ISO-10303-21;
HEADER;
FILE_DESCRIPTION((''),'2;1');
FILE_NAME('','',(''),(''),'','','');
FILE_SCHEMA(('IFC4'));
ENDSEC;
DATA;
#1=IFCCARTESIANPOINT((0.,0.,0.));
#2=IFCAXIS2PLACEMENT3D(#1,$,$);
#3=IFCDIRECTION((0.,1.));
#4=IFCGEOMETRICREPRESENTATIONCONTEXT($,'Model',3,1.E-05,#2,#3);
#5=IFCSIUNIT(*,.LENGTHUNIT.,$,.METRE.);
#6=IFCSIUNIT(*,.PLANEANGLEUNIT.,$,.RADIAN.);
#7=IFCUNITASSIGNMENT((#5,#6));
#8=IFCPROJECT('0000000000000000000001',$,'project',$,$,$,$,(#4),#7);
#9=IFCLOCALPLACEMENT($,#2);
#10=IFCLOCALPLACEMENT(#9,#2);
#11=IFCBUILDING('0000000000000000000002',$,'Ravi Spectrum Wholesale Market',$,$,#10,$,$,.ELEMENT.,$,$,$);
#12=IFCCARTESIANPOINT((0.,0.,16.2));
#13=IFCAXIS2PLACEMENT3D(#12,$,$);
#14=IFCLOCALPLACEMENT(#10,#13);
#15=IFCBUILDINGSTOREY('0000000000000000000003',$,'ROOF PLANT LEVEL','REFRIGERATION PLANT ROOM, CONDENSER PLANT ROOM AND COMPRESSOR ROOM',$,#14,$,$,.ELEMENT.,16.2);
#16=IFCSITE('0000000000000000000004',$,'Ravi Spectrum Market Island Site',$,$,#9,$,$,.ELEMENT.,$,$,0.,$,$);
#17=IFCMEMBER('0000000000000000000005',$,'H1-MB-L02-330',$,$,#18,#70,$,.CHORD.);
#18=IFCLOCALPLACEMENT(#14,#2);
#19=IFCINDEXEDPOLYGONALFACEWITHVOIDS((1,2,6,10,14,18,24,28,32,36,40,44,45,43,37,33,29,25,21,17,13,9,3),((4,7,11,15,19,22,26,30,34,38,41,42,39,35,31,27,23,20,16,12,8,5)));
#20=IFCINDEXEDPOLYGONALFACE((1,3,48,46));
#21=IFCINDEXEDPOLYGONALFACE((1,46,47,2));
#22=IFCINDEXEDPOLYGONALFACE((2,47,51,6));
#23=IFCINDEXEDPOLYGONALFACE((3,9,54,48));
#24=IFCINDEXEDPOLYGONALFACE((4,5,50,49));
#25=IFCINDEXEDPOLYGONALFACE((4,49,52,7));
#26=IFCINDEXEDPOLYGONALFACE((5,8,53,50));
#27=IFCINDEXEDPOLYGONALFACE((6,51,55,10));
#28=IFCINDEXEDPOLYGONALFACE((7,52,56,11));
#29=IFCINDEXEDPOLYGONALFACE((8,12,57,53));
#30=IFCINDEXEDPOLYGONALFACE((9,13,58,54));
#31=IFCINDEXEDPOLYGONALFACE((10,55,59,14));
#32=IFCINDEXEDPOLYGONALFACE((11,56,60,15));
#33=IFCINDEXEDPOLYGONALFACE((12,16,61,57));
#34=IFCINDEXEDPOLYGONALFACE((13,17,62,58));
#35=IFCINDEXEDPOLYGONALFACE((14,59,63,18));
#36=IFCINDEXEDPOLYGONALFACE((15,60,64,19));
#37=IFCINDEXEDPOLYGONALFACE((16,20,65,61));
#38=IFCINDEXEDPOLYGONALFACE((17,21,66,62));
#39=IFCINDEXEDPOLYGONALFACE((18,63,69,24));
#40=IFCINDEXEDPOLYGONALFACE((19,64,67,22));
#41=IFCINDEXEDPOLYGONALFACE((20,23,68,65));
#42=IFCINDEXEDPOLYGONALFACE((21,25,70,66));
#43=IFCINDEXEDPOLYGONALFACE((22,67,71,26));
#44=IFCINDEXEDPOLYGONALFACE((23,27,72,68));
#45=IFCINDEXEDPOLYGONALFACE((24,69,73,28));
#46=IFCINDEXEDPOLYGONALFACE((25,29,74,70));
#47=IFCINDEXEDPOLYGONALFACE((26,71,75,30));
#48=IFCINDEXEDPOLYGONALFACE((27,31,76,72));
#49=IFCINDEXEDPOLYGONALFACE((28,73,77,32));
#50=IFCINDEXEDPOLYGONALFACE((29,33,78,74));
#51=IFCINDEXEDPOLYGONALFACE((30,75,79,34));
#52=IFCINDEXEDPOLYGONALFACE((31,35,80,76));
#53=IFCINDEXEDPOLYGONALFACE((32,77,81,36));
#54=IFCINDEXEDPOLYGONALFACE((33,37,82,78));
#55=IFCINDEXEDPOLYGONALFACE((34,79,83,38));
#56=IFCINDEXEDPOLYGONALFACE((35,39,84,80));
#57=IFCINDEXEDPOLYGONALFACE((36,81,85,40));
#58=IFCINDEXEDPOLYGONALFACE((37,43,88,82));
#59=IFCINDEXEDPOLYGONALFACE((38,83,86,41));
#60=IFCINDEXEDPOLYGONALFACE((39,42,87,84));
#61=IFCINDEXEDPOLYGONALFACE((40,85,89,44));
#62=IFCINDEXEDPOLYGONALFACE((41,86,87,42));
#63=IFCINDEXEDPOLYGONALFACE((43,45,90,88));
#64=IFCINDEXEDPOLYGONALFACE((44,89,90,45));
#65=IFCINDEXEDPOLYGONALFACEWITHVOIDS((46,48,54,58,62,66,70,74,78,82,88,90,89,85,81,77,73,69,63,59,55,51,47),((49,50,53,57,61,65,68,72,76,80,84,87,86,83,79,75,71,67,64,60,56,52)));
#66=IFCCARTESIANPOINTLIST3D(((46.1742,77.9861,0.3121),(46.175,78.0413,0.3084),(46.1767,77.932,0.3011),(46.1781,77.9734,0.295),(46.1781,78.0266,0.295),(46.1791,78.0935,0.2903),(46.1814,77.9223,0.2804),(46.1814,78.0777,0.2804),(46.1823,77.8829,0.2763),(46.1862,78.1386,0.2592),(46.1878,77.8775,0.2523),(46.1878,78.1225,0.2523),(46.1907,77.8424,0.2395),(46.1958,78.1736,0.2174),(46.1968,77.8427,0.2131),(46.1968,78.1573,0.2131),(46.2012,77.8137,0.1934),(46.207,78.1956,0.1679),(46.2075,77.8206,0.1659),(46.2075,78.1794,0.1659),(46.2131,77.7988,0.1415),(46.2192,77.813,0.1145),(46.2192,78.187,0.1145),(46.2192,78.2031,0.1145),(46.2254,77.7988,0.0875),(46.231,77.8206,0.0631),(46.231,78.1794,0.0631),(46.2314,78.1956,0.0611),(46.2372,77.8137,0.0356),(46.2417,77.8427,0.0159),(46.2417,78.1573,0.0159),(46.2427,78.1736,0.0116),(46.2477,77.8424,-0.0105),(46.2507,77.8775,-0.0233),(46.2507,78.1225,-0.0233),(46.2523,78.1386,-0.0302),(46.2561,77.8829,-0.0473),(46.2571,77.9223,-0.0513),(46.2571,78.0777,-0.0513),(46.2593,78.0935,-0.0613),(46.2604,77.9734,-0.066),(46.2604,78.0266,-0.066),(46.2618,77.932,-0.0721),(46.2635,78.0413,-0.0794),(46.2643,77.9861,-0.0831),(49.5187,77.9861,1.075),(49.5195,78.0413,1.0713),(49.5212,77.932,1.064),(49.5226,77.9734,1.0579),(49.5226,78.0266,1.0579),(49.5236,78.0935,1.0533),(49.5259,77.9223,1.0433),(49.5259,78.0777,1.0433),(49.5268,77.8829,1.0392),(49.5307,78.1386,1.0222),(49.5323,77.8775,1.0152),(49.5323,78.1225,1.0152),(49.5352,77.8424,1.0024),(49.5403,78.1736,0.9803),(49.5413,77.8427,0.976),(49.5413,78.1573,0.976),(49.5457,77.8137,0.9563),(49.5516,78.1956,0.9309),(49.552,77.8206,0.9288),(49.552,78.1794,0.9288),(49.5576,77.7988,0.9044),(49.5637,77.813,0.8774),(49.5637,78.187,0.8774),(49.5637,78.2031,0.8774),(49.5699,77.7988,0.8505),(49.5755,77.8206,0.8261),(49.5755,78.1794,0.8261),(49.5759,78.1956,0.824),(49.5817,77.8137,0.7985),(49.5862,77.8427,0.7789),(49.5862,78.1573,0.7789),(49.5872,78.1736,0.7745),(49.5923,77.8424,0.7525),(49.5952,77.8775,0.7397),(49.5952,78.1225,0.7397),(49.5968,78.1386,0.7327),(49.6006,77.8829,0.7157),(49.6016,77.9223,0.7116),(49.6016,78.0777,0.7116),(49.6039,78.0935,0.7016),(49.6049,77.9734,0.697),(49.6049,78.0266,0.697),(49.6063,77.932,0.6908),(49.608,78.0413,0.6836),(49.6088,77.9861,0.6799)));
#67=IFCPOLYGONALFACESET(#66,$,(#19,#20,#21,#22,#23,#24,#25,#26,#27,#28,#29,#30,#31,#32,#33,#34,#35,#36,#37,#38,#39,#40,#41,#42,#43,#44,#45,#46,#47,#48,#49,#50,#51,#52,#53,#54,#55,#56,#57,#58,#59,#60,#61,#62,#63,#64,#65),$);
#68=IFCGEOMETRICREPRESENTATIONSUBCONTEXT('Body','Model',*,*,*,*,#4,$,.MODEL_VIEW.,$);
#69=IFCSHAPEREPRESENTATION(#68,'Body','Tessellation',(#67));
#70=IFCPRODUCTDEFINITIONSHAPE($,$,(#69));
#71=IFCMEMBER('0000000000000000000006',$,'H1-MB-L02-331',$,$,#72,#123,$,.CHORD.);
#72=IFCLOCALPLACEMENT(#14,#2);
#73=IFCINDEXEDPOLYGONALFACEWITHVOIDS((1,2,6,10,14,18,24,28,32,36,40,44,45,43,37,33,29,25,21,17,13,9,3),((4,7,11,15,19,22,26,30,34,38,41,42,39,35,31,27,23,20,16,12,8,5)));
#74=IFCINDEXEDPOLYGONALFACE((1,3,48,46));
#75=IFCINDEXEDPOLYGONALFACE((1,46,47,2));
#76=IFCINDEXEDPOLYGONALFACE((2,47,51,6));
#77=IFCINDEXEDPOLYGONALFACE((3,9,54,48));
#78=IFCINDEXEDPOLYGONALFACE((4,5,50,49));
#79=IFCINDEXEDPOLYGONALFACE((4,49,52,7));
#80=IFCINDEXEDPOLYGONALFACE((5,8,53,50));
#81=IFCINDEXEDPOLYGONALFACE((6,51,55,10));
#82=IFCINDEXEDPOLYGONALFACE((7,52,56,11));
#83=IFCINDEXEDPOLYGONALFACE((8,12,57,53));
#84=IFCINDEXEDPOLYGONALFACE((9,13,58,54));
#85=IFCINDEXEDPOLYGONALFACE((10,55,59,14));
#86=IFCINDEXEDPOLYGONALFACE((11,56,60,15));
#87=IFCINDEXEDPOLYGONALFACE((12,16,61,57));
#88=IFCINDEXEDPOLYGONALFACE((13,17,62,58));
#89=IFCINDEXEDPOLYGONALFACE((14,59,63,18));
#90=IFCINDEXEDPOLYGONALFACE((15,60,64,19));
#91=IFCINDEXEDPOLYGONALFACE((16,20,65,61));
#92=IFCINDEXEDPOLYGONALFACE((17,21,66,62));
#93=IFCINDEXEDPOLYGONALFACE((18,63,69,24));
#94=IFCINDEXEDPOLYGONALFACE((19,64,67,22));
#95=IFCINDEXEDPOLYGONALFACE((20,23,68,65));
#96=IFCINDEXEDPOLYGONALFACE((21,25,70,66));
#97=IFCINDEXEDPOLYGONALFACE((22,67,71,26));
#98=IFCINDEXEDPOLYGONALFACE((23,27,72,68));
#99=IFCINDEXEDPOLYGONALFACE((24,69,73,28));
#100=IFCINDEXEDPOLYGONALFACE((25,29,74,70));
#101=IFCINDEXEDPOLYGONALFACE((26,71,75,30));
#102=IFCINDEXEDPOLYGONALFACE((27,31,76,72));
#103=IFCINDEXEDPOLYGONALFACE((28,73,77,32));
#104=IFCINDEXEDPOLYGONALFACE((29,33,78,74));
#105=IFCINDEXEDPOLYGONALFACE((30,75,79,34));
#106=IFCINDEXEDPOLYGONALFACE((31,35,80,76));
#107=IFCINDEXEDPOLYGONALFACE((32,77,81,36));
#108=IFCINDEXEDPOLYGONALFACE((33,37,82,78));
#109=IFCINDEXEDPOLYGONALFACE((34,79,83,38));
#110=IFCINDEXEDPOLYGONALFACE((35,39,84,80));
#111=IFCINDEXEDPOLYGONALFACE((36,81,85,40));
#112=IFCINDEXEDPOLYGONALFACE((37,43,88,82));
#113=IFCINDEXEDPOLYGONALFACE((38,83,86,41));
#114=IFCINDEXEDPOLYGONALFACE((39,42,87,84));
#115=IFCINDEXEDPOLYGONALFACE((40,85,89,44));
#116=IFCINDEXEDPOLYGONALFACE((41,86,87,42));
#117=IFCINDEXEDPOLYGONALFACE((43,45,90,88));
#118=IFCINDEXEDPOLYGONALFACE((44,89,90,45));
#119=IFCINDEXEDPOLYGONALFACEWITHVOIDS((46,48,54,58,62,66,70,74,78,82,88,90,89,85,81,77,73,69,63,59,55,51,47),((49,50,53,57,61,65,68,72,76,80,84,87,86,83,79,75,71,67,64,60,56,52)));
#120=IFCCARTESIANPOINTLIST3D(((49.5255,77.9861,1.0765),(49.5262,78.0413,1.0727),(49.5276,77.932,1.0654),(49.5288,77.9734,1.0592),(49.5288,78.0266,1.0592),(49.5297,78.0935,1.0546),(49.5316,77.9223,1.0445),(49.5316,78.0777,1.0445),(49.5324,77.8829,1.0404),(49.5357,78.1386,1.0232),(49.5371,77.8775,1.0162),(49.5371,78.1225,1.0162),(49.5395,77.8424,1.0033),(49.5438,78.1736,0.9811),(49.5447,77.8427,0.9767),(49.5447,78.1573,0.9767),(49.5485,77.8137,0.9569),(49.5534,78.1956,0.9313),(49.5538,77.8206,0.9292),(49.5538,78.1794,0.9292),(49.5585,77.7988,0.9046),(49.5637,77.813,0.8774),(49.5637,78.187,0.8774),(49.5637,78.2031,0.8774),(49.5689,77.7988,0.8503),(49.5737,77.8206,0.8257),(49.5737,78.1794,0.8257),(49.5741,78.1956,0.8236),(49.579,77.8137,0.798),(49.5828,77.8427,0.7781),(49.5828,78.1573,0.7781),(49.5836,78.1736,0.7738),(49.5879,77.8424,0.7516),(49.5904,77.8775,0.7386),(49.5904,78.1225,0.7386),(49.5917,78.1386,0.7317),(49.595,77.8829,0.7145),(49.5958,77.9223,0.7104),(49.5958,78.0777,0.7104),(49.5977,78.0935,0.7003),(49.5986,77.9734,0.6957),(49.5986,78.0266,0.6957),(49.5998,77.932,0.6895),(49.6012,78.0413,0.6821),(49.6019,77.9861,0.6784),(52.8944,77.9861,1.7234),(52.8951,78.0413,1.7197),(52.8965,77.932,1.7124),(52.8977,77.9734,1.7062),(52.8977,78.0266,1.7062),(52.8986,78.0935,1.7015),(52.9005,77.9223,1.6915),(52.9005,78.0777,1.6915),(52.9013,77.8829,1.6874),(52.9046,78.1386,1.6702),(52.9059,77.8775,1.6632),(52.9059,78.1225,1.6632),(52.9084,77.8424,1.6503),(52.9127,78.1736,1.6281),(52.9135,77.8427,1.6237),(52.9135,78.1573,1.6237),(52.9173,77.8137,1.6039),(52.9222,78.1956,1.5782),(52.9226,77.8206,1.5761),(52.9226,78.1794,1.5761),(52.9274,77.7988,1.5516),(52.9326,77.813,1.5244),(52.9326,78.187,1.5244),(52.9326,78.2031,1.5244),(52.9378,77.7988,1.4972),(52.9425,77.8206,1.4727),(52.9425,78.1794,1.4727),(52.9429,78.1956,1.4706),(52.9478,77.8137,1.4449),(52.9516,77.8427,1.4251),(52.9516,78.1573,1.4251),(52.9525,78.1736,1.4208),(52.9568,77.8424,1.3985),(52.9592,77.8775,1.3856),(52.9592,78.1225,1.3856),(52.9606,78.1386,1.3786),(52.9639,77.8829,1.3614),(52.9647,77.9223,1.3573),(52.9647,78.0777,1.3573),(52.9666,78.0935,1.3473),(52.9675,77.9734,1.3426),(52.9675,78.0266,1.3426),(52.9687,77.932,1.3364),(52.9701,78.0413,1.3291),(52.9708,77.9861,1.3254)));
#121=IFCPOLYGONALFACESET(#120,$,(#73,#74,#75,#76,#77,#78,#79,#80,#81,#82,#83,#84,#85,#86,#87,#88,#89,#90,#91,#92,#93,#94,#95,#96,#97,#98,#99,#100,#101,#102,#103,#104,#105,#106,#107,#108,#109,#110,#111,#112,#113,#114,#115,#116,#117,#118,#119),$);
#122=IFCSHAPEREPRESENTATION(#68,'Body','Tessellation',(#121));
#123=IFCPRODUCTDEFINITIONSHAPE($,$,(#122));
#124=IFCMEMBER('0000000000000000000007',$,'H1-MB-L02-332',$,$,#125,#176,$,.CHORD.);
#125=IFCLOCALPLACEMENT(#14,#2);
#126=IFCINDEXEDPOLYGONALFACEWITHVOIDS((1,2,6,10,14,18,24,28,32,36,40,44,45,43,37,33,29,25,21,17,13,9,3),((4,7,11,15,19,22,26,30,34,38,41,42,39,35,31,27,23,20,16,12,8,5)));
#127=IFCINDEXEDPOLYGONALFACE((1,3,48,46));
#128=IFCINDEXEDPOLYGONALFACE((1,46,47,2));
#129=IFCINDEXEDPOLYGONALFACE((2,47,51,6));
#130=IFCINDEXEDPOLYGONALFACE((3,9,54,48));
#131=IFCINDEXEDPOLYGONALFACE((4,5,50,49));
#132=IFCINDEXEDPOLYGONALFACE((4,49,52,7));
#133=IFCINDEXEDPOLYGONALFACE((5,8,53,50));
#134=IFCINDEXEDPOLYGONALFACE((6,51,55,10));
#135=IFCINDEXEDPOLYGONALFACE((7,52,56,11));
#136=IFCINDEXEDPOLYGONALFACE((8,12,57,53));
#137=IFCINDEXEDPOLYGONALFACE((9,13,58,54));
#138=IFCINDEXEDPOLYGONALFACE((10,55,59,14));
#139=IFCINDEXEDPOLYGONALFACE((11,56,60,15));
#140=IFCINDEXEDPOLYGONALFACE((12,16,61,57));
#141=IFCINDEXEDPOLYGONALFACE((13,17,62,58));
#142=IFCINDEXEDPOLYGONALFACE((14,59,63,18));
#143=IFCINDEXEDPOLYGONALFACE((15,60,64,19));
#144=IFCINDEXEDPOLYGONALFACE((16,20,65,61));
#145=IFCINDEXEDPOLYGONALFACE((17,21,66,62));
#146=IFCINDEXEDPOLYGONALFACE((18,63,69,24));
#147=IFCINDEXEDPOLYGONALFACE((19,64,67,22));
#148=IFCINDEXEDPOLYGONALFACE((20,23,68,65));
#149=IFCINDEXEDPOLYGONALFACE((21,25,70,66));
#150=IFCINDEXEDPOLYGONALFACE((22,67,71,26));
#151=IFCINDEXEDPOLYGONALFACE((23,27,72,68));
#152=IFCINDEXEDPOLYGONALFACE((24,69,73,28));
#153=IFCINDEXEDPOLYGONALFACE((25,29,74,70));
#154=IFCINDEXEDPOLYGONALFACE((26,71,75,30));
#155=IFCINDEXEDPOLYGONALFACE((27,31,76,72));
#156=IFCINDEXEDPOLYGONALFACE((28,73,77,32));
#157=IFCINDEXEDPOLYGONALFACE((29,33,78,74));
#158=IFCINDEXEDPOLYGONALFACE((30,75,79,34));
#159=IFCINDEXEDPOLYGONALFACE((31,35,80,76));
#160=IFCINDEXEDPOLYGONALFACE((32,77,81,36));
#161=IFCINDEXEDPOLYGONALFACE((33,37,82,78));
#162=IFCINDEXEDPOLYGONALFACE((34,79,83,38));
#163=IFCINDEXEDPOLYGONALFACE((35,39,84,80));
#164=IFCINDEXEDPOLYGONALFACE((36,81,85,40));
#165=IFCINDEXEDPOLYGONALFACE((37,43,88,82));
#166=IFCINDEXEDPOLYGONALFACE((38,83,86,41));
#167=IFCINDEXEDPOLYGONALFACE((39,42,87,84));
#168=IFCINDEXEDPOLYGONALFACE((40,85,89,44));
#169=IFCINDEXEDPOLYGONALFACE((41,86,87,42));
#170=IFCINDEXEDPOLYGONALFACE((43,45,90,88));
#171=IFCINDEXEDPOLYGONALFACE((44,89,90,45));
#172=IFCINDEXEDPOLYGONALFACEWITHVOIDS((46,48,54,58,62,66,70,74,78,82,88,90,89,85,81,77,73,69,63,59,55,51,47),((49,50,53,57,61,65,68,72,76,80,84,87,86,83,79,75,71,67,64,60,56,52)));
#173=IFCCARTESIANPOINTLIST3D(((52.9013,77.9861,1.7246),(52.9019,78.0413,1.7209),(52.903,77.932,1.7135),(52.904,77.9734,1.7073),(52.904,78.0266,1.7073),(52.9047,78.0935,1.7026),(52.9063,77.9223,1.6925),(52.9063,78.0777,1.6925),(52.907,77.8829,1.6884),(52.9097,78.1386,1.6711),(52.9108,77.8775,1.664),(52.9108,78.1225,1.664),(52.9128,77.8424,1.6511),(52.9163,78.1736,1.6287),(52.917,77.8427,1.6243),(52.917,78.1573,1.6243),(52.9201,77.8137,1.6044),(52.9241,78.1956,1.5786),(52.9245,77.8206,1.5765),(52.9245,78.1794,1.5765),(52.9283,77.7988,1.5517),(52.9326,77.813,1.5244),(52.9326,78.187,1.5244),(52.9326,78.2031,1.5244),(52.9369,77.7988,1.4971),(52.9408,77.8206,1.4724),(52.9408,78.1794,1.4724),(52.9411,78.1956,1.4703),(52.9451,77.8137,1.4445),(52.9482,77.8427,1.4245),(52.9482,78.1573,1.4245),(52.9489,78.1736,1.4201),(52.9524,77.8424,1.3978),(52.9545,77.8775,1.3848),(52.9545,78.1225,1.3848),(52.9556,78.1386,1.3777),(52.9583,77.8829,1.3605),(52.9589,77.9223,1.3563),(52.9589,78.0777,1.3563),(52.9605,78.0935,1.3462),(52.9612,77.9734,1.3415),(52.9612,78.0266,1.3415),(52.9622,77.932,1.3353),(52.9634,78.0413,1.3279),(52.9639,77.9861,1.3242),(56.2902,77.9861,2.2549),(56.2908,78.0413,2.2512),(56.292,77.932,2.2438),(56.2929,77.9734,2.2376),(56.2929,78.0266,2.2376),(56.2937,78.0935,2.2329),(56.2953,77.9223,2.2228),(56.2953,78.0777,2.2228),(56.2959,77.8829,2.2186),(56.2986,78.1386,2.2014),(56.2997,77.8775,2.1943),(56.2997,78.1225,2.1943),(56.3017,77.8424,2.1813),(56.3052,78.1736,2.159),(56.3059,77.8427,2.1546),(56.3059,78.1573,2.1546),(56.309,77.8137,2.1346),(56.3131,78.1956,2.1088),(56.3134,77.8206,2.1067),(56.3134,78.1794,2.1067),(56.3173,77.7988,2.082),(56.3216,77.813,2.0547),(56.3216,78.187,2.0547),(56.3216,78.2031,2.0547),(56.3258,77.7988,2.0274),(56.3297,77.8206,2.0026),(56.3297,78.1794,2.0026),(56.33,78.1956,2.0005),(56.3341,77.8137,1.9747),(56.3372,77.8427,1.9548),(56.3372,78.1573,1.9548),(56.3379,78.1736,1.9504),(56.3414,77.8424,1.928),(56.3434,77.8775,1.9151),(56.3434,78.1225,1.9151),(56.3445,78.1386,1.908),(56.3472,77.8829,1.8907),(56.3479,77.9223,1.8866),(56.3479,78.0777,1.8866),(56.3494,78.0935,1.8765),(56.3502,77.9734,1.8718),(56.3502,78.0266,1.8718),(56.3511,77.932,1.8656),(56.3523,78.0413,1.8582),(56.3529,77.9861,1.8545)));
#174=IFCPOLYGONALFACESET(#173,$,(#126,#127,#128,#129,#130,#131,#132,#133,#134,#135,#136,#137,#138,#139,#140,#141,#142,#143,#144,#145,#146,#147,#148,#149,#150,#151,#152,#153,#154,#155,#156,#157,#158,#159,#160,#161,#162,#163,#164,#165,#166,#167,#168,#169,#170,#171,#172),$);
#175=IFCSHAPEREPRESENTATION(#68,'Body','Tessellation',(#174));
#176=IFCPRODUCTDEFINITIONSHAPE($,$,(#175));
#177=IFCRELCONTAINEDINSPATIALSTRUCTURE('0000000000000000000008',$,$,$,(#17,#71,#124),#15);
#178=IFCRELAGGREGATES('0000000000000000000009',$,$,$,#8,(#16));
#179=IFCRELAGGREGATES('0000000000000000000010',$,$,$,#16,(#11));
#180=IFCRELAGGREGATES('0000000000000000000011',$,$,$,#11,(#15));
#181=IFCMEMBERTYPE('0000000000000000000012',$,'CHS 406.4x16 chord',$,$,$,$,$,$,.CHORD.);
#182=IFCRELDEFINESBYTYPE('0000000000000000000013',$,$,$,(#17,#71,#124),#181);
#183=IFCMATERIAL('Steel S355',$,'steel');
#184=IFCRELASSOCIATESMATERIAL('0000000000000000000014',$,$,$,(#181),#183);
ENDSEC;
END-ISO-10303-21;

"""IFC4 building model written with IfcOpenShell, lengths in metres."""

from ifc_helpers import new_model, si_unit, direction, frame, origin, origin_2d, place, context, subcontext, project, spatial, hollow_circle, extrude, material, material_profile, profile_set, type_object, element, save


model = new_model("IFC4")

# Units and contexts
model_context = context("Model", 3, precision=1e-05, world=origin(), true_north=direction((0.0, 1.0)))
body_context = subcontext(model_context, "Body", "Model", "MODEL_VIEW")
ifc_project = project(units=[si_unit("LENGTHUNIT", "METRE"), si_unit("PLANEANGLEUNIT", "RADIAN")], contexts=[model_context])

# Site, building, storey
site_placement = place(None, origin())
site = spatial("IfcSite", under=ifc_project, at=site_placement, Name="Ravi Spectrum Market Island Site", CompositionType="ELEMENT", RefElevation=0.0)
building_placement = place(site_placement, origin())
building = spatial("IfcBuilding", under=site, at=building_placement, Name="Ravi Spectrum Wholesale Market", CompositionType="ELEMENT")
storey_placement = place(building_placement, frame((0.0, 0.0, 16.2)))
storey = spatial("IfcBuildingStorey", under=building, at=storey_placement, Name="ROOF PLANT LEVEL", Description="REFRIGERATION PLANT ROOM, CONDENSER PLANT ROOM AND COMPRESSOR ROOM", CompositionType="ELEMENT", Elevation=16.2)

# Members
ifc_material_1 = material(Name="Steel S355", Category="steel")
ifc_material_profile_1 = material_profile(ifc_material_1, hollow_circle(Radius=0.2031, WallThickness=0.0161, at=origin_2d()))
ifc_profile_set_1 = profile_set([ifc_material_profile_1], Name="Steel S355")
member_type_1 = type_object("IfcMemberType", Name="CHS 406.4x16 chord", PredefinedType="CHORD", material=ifc_profile_set_1)
for number, where, z_axis, x_axis, name in (
    (1, (46.2192, 78.0, 0.1145), (0.974954, 0.0, 0.222405), (0.0, 1.0, 0.0), "H1-MB-L02-330"),
    (2, (49.5637, 78.0, 0.8774), (0.982055, 0.0, 0.188597), (0.0, 1.0, 0.0), "H1-MB-L02-331"),
):
    element("IfcMember", number, at=place(storey_placement, frame(where, z_axis=z_axis, x_axis=x_axis)), inside=storey, type_object=member_type_1, Name=name, PredefinedType="CHORD", context=body_context, shape_type="SweptSolid", body=[
        extrude(hollow_circle(Radius=0.2031, WallThickness=0.0161, at=origin_2d()), origin(), (0.0, 0.0, 1.0), 3.4304),
    ])
for number, where, z_axis, x_axis, name in (
    (3, (52.9326, 78.0, 1.5244), (0.987978, 0.0, 0.154592), (0.0, 1.0, 0.0), "H1-MB-L02-332"),
):
    element("IfcMember", number, at=place(storey_placement, frame(where, z_axis=z_axis, x_axis=x_axis)), inside=storey, type_object=member_type_1, Name=name, PredefinedType="CHORD", context=body_context, shape_type="SweptSolid", body=[
        extrude(hollow_circle(Radius=0.2031, WallThickness=0.0161, at=origin_2d()), origin(), (0.0, 0.0, 1.0), 3.4302),
    ])

save(model, "model.ifc")
